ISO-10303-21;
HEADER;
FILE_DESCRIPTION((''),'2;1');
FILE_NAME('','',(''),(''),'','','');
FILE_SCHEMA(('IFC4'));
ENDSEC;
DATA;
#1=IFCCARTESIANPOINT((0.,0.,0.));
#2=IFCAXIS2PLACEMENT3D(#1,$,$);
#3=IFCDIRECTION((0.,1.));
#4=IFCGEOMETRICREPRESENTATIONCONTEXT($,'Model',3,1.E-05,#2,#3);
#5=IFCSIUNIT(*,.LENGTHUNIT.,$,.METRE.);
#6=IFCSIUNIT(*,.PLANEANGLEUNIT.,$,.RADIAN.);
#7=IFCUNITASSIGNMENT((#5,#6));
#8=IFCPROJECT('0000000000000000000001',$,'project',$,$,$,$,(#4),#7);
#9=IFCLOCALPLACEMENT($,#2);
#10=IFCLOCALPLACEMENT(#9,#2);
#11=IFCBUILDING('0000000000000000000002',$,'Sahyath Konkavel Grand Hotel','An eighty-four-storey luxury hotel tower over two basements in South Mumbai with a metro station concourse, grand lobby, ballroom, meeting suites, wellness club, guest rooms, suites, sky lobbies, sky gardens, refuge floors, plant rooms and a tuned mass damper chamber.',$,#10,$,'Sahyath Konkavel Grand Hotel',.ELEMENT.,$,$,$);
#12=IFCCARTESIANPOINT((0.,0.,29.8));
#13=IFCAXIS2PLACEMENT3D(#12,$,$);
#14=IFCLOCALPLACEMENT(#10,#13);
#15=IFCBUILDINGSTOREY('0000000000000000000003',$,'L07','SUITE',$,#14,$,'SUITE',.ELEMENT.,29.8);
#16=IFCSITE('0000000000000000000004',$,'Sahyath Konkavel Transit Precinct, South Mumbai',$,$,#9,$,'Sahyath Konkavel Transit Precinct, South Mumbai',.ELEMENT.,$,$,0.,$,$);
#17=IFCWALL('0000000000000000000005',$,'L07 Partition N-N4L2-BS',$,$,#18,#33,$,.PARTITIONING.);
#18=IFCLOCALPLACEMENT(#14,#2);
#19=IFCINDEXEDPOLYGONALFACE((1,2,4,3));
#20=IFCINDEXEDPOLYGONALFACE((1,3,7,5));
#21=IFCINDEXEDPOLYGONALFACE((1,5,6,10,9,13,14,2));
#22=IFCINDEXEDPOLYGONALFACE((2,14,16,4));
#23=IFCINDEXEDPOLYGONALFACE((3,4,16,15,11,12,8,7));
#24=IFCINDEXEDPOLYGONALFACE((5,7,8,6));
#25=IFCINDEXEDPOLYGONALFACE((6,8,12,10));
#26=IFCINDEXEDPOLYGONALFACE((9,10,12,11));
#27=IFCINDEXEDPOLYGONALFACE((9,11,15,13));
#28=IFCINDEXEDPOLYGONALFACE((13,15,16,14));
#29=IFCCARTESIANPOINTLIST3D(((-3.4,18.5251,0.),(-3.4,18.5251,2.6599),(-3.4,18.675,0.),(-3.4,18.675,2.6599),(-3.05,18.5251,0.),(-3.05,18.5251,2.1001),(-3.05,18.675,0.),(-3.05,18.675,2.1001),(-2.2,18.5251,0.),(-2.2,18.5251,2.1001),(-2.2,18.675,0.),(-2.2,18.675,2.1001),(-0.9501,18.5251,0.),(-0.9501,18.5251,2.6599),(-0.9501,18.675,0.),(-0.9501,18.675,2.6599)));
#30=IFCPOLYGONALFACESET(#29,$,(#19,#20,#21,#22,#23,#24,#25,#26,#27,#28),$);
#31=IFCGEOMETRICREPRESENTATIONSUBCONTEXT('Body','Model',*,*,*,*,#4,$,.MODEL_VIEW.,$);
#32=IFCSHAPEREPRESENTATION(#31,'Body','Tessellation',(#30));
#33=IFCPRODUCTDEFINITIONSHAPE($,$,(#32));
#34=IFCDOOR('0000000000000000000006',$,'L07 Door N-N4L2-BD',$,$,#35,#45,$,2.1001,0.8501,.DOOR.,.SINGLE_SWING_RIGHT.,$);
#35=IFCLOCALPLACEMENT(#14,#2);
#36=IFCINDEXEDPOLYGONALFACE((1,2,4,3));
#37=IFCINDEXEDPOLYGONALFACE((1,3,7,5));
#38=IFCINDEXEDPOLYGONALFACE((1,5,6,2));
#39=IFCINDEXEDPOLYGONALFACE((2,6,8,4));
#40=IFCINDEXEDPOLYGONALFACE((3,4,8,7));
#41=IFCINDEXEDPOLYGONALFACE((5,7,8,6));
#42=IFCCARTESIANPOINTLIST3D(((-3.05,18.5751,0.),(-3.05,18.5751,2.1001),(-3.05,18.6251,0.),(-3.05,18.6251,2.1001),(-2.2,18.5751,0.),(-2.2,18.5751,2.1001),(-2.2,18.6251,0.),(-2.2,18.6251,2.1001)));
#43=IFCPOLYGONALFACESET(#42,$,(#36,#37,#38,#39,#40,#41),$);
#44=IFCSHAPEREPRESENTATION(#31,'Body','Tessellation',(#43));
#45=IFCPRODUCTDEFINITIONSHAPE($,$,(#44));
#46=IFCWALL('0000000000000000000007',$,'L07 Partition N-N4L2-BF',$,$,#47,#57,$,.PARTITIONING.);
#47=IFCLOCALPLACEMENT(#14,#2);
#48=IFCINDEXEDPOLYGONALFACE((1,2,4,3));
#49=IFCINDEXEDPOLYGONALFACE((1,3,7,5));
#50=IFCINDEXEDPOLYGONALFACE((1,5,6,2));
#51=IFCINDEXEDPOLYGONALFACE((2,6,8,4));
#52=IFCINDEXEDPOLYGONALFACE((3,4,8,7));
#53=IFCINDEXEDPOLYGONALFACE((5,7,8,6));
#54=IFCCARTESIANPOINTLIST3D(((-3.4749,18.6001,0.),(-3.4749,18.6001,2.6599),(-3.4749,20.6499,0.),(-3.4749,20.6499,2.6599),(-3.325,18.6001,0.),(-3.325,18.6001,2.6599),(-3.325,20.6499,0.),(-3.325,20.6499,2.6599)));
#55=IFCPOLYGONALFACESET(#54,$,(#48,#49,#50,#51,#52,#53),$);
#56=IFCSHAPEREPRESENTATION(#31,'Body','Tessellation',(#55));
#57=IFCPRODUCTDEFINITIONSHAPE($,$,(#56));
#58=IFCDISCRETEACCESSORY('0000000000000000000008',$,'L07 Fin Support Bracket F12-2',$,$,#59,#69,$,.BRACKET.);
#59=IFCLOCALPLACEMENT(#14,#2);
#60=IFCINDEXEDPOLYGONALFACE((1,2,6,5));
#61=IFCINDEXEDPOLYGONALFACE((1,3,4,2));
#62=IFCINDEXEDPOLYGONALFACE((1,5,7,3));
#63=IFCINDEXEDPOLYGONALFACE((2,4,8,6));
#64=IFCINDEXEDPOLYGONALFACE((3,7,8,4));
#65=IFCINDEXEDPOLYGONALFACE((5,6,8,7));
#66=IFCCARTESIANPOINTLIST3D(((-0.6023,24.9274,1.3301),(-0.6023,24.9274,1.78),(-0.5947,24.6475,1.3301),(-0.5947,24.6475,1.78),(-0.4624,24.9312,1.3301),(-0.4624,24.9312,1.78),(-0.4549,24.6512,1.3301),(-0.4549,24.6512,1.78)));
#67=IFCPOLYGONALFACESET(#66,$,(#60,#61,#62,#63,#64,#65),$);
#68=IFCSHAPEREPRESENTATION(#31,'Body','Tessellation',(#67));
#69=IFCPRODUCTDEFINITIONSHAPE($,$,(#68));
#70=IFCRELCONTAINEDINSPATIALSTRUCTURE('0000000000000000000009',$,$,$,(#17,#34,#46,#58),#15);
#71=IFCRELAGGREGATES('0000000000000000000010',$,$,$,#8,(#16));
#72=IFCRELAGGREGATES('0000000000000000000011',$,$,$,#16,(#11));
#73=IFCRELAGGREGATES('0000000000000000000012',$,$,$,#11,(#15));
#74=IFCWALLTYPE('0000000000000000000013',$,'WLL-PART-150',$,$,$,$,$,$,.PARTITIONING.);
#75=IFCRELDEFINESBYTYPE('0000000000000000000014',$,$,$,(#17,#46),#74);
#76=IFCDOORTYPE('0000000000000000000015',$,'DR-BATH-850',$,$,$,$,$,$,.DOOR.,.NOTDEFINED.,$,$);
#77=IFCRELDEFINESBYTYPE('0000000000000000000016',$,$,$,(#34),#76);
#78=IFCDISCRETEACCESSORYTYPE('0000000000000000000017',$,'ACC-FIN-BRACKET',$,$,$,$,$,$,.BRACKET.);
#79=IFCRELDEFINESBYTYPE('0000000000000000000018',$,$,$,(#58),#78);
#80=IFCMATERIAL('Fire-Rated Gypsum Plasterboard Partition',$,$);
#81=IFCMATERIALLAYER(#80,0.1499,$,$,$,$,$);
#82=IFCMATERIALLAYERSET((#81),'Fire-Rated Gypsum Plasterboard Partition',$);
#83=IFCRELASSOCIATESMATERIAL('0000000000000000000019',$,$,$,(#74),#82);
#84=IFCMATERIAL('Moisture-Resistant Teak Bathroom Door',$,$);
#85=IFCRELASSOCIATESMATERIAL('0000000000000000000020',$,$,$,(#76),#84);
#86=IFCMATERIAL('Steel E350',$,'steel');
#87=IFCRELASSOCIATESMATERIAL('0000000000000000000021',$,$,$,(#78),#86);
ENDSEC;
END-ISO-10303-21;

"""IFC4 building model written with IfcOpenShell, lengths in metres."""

from ifc_helpers import new_model, si_unit, direction, frame, frame_2d, origin, origin_2d, place, context, subcontext, project, spatial, rectangle, extrude, source, transform, mapped, material, layer, layer_set, type_object, element, fill, save


model = new_model("IFC4")

# Units and contexts
model_context = context("Model", 3, precision=1e-05, world=origin(), true_north=direction((0.0, 1.0)))
body_context = subcontext(model_context, "Body", "Model", "MODEL_VIEW")
ifc_project = project(units=[si_unit("LENGTHUNIT", "METRE"), si_unit("PLANEANGLEUNIT", "RADIAN")], contexts=[model_context])

# Site, building, storey
site_placement = place(None, origin())
site = spatial("IfcSite", under=ifc_project, at=site_placement, Name="Sahyath Konkavel Transit Precinct, South Mumbai", LongName="Sahyath Konkavel Transit Precinct, South Mumbai", CompositionType="ELEMENT", RefElevation=0.0)
building_placement = place(site_placement, origin())
building = spatial("IfcBuilding", under=site, at=building_placement, Name="Sahyath Konkavel Grand Hotel", Description="An eighty-four-storey luxury hotel tower over two basements in South Mumbai with a metro station concourse, grand lobby, ballroom, meeting suites, wellness club, guest rooms, suites, sky lobbies, sky gardens, refuge floors, plant rooms and a tuned mass damper chamber.", LongName="Sahyath Konkavel Grand Hotel", CompositionType="ELEMENT")
storey_placement = place(building_placement, frame((0.0, 0.0, 29.8)))
storey = spatial("IfcBuildingStorey", under=building, at=storey_placement, Name="L07", Description="SUITE", LongName="SUITE", CompositionType="ELEMENT", Elevation=29.8)

# Shared definitions
ifc_material_1 = material(Name="Steel E350", Category="steel")

# Wall, opening, door
ifc_material_2 = material(Name="Fire-Rated Gypsum Plasterboard Partition")
ifc_layer_1 = layer(ifc_material_2, 0.1499)
ifc_layer_set_1 = layer_set([ifc_layer_1], Name="Fire-Rated Gypsum Plasterboard Partition")
wall_type_1 = type_object("IfcWallType", Name="WLL-PART-150", PredefinedType="PARTITIONING", material=ifc_layer_set_1)
wall_1_placement = place(storey_placement, frame((-0.95, 18.6001, 0.0), z_axis=(0.0, 0.0, 1.0), x_axis=(-1.0, 0.0, 0.0)))
wall_1 = element("IfcWall", 1, at=wall_1_placement, inside=storey, type_object=wall_type_1, Name="L07 Partition N-N4L2-BS", PredefinedType="PARTITIONING", context=body_context, shape_type="SweptSolid", body=[
    extrude(rectangle(XDim=2.45, YDim=0.1499, at=frame_2d((1.2251, 0.0))), origin(), (0.0, 0.0, 1.0), 2.6599),
])
opening_placement = place(wall_1_placement, frame((1.25, 0.0, 0.0)))
opening = element("IfcOpeningElement", 2, at=opening_placement, cuts=wall_1, PredefinedType="OPENING", context=body_context, shape_type="SweptSolid", body=[
    extrude(rectangle(XDim=0.8501, YDim=2.1001, at=frame_2d((0.425, 1.05))), frame((0.0, 0.085, 0.0), z_axis=(0.0, -1.0, 0.0), x_axis=(1.0, 0.0, 0.0)), (0.0, 0.0, 1.0), 0.1699),
])
ifc_material_3 = material(Name="Moisture-Resistant Teak Bathroom Door")
door_type = type_object("IfcDoorType", Name="DR-BATH-850", OperationType="NOTDEFINED", PredefinedType="DOOR", material=ifc_material_3)
shared_shape_1 = source(origin(), body_context, "Body", "SweptSolid", [
    extrude(rectangle(XDim=0.8501, YDim=0.05, at=origin_2d()), origin(), (0.0, 0.0, 1.0), 2.1001),
])
door_placement = place(opening_placement, frame((0.425, 0.0, 0.0)))
door = element("IfcDoor", 3, at=door_placement, inside=storey, type_object=door_type, Name="L07 Door N-N4L2-BD", OperationType="SINGLE_SWING_RIGHT", OverallHeight=2.1001, OverallWidth=0.8501, PredefinedType="DOOR", context=body_context, shape_type="MappedRepresentation", body=[
    mapped(shared_shape_1, transform((0.0, 0.0, 0.0), scale=1.0)),
])
fill(opening, door)

# Wall
wall_2_placement = place(storey_placement, frame((-3.3999, 18.6001, 0.0), z_axis=(0.0, 0.0, 1.0), x_axis=(0.0, 1.0, 0.0)))
element("IfcWall", 4, at=wall_2_placement, inside=storey, type_object=wall_type_1, Name="L07 Partition N-N4L2-BF", PredefinedType="PARTITIONING", context=body_context, shape_type="SweptSolid", body=[
    extrude(rectangle(XDim=2.0498, YDim=0.1499, at=frame_2d((1.0249, 0.0))), origin(), (0.0, 0.0, 1.0), 2.6599),
])

# Discrete accessory
discrete_accessory_type = type_object("IfcDiscreteAccessoryType", Name="ACC-FIN-BRACKET", PredefinedType="BRACKET", material=ifc_material_1)
shared_shape_2 = source(origin(), body_context, "Body", "SweptSolid", [
    extrude(rectangle(XDim=0.28, YDim=0.1399, at=origin_2d()), origin(), (0.0, 0.0, 1.0), 0.45),
])
discrete_accessory_placement = place(storey_placement, frame((-0.5286, 24.7893, 1.3301), z_axis=(0.0, 0.0, 1.0), x_axis=(-0.02691, 0.999638, 0.0)))
element("IfcDiscreteAccessory", 5, at=discrete_accessory_placement, inside=storey, type_object=discrete_accessory_type, Name="L07 Fin Support Bracket F12-2", PredefinedType="BRACKET", context=body_context, shape_type="MappedRepresentation", body=[
    mapped(shared_shape_2, transform((0.0, 0.0, 0.0), scale=1.0)),
])

save(model, "model.ifc")
